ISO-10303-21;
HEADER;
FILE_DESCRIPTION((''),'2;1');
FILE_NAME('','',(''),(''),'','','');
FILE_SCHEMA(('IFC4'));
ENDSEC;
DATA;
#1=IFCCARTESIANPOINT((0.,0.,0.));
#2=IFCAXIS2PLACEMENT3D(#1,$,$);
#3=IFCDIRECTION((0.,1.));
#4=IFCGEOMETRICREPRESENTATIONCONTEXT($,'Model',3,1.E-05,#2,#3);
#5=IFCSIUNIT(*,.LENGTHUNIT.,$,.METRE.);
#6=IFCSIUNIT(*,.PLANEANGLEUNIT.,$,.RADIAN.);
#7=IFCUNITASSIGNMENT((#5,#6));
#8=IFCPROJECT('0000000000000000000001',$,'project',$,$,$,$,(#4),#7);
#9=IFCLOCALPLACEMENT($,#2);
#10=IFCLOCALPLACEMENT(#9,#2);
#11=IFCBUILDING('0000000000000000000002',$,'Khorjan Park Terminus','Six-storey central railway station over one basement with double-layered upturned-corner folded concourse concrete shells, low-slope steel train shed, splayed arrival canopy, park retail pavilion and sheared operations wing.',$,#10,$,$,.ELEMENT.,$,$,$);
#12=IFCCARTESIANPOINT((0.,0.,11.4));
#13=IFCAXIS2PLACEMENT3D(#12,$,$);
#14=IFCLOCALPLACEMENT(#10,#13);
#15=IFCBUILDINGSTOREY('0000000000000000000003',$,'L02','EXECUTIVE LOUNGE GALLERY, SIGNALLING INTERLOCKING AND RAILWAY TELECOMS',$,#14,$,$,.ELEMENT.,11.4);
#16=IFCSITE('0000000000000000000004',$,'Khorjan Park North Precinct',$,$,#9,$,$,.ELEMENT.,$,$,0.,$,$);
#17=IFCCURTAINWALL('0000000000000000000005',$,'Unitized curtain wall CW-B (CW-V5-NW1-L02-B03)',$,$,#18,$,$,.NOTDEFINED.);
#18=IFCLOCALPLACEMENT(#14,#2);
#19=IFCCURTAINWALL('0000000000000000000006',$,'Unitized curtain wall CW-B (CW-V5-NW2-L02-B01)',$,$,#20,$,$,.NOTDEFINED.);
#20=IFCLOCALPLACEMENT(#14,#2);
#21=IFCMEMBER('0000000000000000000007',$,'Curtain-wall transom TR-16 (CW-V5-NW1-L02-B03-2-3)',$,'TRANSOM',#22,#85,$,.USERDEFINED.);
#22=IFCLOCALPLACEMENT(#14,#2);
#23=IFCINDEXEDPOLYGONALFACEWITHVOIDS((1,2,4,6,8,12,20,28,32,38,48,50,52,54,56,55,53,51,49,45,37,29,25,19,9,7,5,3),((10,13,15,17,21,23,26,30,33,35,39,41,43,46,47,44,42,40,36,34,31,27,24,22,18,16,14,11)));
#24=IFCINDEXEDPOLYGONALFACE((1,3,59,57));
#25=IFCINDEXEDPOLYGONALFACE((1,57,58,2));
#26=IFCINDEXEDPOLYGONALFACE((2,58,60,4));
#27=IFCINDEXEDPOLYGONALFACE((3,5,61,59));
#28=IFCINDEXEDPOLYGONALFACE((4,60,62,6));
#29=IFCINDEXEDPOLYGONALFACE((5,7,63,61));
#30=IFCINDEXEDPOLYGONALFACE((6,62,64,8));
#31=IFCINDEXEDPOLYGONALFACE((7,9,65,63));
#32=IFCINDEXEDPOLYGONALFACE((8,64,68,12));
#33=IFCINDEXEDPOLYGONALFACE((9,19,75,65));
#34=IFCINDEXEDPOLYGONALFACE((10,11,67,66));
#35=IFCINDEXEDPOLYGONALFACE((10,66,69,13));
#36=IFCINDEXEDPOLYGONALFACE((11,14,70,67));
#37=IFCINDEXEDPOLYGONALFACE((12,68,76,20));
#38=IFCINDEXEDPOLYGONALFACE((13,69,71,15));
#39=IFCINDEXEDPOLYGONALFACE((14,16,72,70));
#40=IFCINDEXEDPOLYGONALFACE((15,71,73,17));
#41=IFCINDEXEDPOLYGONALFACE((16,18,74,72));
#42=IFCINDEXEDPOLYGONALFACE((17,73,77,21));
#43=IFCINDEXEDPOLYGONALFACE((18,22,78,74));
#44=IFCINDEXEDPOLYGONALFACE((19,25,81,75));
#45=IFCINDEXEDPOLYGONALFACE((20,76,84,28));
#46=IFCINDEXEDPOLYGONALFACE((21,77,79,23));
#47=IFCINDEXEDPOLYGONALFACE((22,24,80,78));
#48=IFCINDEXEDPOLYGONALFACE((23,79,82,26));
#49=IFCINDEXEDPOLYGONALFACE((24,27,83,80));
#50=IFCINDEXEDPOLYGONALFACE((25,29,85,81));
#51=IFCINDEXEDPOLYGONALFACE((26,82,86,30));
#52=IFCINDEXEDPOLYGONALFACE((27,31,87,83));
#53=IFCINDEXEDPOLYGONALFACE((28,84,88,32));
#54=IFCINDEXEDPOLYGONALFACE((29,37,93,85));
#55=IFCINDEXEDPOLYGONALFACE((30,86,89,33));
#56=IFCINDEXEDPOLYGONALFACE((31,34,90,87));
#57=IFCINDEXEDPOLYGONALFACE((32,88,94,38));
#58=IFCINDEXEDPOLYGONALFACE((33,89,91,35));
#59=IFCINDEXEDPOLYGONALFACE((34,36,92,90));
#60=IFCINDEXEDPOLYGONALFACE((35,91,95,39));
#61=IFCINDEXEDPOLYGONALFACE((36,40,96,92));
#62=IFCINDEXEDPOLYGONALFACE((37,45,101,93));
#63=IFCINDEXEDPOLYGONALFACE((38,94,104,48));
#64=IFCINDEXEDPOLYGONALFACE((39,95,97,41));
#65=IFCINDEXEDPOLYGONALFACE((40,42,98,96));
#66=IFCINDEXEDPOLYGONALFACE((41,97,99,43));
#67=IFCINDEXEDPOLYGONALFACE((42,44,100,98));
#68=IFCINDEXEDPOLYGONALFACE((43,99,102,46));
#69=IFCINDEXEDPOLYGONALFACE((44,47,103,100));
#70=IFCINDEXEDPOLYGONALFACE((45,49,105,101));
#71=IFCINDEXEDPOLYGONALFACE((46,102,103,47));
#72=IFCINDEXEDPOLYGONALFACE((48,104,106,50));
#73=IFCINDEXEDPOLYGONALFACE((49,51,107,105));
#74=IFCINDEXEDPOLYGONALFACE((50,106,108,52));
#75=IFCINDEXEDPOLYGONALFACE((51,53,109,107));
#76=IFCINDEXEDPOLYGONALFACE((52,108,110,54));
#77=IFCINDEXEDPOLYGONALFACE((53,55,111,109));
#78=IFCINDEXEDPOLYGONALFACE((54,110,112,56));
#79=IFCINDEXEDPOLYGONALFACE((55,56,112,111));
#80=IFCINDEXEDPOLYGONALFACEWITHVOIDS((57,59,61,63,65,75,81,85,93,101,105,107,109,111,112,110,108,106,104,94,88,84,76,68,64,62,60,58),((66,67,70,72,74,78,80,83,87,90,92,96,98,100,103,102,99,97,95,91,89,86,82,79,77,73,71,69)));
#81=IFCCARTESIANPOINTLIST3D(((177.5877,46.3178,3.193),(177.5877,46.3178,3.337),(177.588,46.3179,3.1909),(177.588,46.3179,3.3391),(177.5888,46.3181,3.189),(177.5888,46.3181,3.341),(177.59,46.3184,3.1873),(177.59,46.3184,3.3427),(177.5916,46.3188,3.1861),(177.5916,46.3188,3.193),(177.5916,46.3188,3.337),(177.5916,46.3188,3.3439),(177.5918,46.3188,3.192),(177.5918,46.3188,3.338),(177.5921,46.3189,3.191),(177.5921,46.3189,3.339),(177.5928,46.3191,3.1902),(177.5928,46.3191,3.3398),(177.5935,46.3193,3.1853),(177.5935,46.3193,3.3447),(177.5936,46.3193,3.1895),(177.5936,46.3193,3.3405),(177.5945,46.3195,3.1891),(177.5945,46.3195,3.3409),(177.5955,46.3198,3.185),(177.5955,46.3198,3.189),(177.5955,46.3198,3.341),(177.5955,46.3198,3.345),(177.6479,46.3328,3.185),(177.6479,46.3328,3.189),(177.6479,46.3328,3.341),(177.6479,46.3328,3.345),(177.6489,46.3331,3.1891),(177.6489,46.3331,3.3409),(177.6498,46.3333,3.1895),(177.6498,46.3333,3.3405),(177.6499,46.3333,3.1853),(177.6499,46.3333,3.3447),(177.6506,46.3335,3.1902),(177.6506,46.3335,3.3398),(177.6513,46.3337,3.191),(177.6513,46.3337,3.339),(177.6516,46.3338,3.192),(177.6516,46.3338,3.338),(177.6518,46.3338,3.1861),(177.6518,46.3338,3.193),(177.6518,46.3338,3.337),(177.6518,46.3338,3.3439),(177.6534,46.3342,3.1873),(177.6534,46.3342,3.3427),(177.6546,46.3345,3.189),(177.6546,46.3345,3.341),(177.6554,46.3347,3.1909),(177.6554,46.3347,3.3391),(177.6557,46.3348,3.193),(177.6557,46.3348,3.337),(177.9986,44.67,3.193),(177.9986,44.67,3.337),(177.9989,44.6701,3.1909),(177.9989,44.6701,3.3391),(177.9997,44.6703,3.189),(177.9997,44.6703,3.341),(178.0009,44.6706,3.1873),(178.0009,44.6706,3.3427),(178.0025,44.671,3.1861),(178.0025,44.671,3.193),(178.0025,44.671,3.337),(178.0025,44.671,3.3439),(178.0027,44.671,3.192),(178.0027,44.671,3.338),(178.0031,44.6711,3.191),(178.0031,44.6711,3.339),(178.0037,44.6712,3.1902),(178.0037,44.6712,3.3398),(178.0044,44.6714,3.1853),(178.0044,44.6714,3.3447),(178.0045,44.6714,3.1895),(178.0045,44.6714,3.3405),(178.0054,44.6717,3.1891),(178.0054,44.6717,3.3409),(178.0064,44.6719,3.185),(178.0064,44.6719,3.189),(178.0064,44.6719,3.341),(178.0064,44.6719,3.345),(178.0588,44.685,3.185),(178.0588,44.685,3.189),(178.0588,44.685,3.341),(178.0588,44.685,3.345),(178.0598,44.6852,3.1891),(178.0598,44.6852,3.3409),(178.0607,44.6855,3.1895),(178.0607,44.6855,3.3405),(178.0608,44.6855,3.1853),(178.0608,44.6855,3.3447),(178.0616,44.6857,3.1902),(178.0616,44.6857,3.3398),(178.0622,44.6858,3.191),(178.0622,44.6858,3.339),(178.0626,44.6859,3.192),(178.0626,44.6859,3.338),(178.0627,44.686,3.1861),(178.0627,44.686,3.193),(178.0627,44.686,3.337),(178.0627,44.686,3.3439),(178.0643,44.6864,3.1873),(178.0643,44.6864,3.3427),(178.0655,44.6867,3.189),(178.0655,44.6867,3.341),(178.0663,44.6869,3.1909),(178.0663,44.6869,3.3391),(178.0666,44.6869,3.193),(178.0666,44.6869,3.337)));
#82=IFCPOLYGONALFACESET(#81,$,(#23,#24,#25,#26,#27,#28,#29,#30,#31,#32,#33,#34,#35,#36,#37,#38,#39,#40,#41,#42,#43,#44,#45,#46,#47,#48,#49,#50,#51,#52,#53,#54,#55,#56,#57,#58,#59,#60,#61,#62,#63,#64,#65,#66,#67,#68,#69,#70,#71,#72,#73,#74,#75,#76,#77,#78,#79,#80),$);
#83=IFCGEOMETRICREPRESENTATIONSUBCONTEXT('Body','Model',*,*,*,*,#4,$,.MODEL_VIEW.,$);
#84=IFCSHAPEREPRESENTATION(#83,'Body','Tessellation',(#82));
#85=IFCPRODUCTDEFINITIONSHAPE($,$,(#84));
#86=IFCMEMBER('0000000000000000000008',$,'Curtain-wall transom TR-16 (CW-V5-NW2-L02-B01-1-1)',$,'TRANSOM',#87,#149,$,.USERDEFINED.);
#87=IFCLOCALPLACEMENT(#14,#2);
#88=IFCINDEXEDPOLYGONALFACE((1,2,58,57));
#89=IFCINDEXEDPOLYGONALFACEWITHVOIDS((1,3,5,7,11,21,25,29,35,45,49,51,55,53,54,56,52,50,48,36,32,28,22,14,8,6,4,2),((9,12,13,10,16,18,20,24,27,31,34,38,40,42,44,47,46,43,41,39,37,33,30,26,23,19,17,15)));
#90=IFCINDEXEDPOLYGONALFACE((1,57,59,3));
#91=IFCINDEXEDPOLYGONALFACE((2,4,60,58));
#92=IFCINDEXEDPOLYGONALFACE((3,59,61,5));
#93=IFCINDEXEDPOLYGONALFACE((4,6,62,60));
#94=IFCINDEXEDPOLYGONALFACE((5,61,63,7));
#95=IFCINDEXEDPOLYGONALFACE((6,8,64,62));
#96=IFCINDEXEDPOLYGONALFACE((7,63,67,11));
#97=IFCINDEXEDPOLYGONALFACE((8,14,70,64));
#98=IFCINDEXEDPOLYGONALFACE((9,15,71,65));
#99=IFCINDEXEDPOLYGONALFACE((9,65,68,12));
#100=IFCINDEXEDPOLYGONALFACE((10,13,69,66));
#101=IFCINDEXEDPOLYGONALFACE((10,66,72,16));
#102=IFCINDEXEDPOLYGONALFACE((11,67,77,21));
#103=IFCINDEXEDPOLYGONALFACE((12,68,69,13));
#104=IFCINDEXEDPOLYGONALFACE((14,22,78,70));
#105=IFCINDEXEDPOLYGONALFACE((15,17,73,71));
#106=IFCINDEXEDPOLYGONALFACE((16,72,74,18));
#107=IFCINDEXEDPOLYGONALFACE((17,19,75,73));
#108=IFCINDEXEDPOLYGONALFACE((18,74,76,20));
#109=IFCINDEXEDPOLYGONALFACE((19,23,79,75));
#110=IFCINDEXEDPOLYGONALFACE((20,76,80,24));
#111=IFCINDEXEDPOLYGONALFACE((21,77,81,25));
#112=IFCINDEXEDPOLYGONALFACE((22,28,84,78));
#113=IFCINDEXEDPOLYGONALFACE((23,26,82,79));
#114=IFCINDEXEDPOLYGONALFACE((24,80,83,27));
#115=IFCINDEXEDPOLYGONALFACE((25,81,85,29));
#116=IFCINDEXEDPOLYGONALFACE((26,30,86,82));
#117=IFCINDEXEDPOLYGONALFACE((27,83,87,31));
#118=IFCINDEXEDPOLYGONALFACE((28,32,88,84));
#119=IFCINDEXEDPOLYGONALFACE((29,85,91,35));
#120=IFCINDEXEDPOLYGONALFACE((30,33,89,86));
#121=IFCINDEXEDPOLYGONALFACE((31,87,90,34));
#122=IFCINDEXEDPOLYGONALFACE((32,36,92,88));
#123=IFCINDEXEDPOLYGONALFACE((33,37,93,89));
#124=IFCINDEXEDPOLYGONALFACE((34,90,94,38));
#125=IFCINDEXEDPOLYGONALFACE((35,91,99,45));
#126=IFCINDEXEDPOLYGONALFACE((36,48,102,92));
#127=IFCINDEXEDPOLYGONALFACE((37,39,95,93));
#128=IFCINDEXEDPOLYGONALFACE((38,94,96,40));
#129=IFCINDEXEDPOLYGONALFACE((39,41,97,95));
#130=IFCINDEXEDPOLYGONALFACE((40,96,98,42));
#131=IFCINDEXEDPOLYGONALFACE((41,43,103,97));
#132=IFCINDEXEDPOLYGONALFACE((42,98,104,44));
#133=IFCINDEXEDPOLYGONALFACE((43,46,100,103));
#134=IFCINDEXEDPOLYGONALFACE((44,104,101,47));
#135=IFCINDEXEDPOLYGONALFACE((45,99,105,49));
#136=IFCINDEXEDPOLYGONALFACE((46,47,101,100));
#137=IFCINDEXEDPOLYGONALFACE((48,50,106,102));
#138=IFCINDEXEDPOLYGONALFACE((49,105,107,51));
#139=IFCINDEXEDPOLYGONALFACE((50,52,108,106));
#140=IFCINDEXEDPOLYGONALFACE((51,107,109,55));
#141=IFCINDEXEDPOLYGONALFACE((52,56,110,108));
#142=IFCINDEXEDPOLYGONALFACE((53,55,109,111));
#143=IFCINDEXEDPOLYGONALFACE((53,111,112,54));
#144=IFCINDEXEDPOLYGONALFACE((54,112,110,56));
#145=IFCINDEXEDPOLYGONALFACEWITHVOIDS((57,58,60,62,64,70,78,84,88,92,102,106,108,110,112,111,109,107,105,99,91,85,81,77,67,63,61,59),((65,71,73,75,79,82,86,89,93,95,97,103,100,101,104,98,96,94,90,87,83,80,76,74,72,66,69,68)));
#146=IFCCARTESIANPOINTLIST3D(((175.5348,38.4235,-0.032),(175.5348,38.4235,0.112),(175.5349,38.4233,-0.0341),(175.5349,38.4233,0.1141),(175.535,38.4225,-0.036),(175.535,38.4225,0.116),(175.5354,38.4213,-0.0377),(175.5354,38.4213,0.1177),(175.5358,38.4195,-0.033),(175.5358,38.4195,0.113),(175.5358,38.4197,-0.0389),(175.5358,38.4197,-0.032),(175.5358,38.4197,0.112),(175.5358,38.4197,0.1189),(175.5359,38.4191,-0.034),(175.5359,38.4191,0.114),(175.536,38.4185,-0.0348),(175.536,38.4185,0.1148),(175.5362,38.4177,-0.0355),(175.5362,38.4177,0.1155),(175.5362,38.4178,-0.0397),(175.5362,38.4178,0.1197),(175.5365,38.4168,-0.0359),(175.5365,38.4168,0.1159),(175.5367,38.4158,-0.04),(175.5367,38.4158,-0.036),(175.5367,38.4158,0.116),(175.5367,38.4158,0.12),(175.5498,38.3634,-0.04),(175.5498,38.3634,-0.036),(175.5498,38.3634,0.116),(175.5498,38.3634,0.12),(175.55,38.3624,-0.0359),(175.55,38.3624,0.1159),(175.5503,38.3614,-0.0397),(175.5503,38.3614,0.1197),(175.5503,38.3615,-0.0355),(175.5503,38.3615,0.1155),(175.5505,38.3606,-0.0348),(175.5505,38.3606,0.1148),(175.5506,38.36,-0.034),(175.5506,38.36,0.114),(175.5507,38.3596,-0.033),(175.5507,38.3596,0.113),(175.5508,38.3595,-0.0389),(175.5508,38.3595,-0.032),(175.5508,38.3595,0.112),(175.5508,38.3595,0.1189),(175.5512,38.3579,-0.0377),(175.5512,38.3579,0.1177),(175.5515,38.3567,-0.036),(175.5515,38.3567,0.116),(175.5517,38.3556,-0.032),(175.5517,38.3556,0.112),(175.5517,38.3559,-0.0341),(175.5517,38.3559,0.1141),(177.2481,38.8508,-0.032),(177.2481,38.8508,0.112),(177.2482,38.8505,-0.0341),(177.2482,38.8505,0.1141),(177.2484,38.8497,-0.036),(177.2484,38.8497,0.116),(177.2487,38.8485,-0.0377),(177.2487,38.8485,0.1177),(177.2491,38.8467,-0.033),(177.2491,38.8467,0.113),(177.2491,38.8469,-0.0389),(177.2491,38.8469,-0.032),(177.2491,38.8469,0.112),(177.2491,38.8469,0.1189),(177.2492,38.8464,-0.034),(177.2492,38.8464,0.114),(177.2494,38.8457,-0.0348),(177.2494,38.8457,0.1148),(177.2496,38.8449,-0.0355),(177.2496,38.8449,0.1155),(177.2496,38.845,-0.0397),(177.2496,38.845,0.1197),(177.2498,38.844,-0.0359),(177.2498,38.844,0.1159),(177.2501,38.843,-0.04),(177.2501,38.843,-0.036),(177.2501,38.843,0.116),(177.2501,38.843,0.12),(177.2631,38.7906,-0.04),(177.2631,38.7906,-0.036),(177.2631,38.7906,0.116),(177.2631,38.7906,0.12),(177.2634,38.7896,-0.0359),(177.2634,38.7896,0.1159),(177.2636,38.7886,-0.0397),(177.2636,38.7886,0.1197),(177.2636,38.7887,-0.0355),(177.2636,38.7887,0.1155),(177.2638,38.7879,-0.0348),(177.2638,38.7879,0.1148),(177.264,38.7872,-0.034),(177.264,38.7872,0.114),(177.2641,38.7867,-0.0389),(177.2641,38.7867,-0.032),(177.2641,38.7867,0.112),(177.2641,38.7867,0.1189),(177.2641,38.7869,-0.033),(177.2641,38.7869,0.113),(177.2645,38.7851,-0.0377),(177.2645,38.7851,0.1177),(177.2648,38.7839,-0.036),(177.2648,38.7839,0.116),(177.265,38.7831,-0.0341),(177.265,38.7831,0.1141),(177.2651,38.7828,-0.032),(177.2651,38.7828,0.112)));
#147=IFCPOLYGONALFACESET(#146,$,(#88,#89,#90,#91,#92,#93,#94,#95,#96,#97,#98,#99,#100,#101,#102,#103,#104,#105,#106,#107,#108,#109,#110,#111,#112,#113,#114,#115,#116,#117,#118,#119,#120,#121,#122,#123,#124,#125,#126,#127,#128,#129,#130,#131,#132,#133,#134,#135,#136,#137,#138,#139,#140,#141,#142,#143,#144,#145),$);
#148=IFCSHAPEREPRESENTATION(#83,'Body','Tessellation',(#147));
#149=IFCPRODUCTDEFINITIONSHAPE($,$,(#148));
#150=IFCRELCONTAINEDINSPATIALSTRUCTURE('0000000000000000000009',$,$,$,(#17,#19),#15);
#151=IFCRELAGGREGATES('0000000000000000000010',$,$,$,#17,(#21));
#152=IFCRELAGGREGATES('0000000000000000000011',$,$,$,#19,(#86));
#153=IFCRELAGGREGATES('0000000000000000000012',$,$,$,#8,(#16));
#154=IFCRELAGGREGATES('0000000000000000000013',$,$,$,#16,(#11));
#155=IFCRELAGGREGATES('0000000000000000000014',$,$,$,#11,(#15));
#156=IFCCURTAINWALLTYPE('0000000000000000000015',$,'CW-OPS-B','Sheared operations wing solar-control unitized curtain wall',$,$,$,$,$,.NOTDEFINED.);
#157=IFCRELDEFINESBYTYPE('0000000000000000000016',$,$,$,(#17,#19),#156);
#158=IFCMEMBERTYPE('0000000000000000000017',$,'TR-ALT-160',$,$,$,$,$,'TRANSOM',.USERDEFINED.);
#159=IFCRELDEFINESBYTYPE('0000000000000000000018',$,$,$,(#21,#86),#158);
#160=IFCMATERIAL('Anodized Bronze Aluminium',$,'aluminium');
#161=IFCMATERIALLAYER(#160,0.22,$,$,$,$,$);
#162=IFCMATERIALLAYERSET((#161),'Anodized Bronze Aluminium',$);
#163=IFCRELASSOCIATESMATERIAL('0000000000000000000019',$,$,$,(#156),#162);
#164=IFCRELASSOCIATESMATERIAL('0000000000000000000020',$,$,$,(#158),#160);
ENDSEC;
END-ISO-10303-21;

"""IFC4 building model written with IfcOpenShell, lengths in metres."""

from ifc_helpers import new_model, si_unit, direction, frame, origin, origin_2d, place, context, subcontext, project, spatial, hollow_rectangle, extrude, material, layer, layer_set, material_profile, profile_set, type_object, element, aggregate, save


model = new_model("IFC4")

# Units and contexts
model_context = context("Model", 3, precision=1e-05, world=origin(), true_north=direction((0.0, 1.0)))
body_context = subcontext(model_context, "Body", "Model", "MODEL_VIEW")
ifc_project = project(units=[si_unit("LENGTHUNIT", "METRE"), si_unit("PLANEANGLEUNIT", "RADIAN")], contexts=[model_context])

# Site, building, storey
site_placement = place(None, origin())
site = spatial("IfcSite", under=ifc_project, at=site_placement, Name="Khorjan Park North Precinct", CompositionType="ELEMENT", RefElevation=0.0)
building_placement = place(site_placement, origin())
building = spatial("IfcBuilding", under=site, at=building_placement, Name="Khorjan Park Terminus", Description="Six-storey central railway station over one basement with double-layered upturned-corner folded concourse concrete shells, low-slope steel train shed, splayed arrival canopy, park retail pavilion and sheared operations wing.", CompositionType="ELEMENT")
storey_placement = place(building_placement, frame((0.0, 0.0, 11.4)))
storey = spatial("IfcBuildingStorey", under=building, at=storey_placement, Name="L02", Description="EXECUTIVE LOUNGE GALLERY, SIGNALLING INTERLOCKING AND RAILWAY TELECOMS", CompositionType="ELEMENT", Elevation=11.4)

# Curtain wall
ifc_material_1 = material(Name="Anodized Bronze Aluminium", Category="aluminium")
ifc_layer_1 = layer(ifc_material_1, 0.22)
ifc_layer_set_1 = layer_set([ifc_layer_1], Name="Anodized Bronze Aluminium")
curtain_wall_type = type_object("IfcCurtainWallType", Name="CW-OPS-B", Description="Sheared operations wing solar-control unitized curtain wall", PredefinedType="NOTDEFINED", material=ifc_layer_set_1)
curtain_wall_1_placement = place(storey_placement, origin())
curtain_wall_1 = element("IfcCurtainWall", 1, at=curtain_wall_1_placement, inside=storey, type_object=curtain_wall_type, Name="Unitized curtain wall CW-B (CW-V5-NW1-L02-B03)", PredefinedType="NOTDEFINED")

# Curtain wall
curtain_wall_2_placement = place(storey_placement, origin())
curtain_wall_2 = element("IfcCurtainWall", 2, at=curtain_wall_2_placement, inside=storey, type_object=curtain_wall_type, Name="Unitized curtain wall CW-B (CW-V5-NW2-L02-B01)", PredefinedType="NOTDEFINED")

# Members
ifc_material_profile_1 = material_profile(ifc_material_1, hollow_rectangle(XDim=0.07, YDim=0.16, WallThickness=0.004, InnerFilletRadius=0.004, OuterFilletRadius=0.008, at=origin_2d()), Name="ALT 70x160x4")
ifc_profile_set_1 = profile_set([ifc_material_profile_1], Name="Anodized Bronze Aluminium")
member_type_1 = type_object("IfcMemberType", Name="TR-ALT-160", ElementType="TRANSOM", PredefinedType="USERDEFINED", material=ifc_profile_set_1)
member_1_placement = place(storey_placement, frame((177.6217, 46.3263, 3.265), z_axis=(0.241954, -0.970288, 0.0), x_axis=(0.970288, 0.241954, 0.0)))
member_1 = element("IfcMember", 3, at=member_1_placement, type_object=member_type_1, Name="Curtain-wall transom TR-16 (CW-V5-NW1-L02-B03-2-3)", ObjectType="TRANSOM", PredefinedType="USERDEFINED", context=body_context, shape_type="SweptSolid", body=[
    extrude(hollow_rectangle(XDim=0.07, YDim=0.16, WallThickness=0.004, InnerFilletRadius=0.004, OuterFilletRadius=0.008, at=origin_2d()), origin(), (0.0, 0.0, 1.0), 1.6983),
])
member_2_placement = place(storey_placement, frame((177.2566, 38.8168, 0.04), z_axis=(-0.970292, -0.241936, 0.0), x_axis=(0.241936, -0.970292, 0.0)))
member_2 = element("IfcMember", 4, at=member_2_placement, type_object=member_type_1, Name="Curtain-wall transom TR-16 (CW-V5-NW2-L02-B01-1-1)", ObjectType="TRANSOM", PredefinedType="USERDEFINED", context=body_context, shape_type="SweptSolid", body=[
    extrude(hollow_rectangle(XDim=0.07, YDim=0.16, WallThickness=0.004, InnerFilletRadius=0.004, OuterFilletRadius=0.008, at=origin_2d()), origin(), (0.0, 0.0, 1.0), 1.7658),
])

aggregate(curtain_wall_1, [member_1])
aggregate(curtain_wall_2, [member_2])

save(model, "model.ifc")
